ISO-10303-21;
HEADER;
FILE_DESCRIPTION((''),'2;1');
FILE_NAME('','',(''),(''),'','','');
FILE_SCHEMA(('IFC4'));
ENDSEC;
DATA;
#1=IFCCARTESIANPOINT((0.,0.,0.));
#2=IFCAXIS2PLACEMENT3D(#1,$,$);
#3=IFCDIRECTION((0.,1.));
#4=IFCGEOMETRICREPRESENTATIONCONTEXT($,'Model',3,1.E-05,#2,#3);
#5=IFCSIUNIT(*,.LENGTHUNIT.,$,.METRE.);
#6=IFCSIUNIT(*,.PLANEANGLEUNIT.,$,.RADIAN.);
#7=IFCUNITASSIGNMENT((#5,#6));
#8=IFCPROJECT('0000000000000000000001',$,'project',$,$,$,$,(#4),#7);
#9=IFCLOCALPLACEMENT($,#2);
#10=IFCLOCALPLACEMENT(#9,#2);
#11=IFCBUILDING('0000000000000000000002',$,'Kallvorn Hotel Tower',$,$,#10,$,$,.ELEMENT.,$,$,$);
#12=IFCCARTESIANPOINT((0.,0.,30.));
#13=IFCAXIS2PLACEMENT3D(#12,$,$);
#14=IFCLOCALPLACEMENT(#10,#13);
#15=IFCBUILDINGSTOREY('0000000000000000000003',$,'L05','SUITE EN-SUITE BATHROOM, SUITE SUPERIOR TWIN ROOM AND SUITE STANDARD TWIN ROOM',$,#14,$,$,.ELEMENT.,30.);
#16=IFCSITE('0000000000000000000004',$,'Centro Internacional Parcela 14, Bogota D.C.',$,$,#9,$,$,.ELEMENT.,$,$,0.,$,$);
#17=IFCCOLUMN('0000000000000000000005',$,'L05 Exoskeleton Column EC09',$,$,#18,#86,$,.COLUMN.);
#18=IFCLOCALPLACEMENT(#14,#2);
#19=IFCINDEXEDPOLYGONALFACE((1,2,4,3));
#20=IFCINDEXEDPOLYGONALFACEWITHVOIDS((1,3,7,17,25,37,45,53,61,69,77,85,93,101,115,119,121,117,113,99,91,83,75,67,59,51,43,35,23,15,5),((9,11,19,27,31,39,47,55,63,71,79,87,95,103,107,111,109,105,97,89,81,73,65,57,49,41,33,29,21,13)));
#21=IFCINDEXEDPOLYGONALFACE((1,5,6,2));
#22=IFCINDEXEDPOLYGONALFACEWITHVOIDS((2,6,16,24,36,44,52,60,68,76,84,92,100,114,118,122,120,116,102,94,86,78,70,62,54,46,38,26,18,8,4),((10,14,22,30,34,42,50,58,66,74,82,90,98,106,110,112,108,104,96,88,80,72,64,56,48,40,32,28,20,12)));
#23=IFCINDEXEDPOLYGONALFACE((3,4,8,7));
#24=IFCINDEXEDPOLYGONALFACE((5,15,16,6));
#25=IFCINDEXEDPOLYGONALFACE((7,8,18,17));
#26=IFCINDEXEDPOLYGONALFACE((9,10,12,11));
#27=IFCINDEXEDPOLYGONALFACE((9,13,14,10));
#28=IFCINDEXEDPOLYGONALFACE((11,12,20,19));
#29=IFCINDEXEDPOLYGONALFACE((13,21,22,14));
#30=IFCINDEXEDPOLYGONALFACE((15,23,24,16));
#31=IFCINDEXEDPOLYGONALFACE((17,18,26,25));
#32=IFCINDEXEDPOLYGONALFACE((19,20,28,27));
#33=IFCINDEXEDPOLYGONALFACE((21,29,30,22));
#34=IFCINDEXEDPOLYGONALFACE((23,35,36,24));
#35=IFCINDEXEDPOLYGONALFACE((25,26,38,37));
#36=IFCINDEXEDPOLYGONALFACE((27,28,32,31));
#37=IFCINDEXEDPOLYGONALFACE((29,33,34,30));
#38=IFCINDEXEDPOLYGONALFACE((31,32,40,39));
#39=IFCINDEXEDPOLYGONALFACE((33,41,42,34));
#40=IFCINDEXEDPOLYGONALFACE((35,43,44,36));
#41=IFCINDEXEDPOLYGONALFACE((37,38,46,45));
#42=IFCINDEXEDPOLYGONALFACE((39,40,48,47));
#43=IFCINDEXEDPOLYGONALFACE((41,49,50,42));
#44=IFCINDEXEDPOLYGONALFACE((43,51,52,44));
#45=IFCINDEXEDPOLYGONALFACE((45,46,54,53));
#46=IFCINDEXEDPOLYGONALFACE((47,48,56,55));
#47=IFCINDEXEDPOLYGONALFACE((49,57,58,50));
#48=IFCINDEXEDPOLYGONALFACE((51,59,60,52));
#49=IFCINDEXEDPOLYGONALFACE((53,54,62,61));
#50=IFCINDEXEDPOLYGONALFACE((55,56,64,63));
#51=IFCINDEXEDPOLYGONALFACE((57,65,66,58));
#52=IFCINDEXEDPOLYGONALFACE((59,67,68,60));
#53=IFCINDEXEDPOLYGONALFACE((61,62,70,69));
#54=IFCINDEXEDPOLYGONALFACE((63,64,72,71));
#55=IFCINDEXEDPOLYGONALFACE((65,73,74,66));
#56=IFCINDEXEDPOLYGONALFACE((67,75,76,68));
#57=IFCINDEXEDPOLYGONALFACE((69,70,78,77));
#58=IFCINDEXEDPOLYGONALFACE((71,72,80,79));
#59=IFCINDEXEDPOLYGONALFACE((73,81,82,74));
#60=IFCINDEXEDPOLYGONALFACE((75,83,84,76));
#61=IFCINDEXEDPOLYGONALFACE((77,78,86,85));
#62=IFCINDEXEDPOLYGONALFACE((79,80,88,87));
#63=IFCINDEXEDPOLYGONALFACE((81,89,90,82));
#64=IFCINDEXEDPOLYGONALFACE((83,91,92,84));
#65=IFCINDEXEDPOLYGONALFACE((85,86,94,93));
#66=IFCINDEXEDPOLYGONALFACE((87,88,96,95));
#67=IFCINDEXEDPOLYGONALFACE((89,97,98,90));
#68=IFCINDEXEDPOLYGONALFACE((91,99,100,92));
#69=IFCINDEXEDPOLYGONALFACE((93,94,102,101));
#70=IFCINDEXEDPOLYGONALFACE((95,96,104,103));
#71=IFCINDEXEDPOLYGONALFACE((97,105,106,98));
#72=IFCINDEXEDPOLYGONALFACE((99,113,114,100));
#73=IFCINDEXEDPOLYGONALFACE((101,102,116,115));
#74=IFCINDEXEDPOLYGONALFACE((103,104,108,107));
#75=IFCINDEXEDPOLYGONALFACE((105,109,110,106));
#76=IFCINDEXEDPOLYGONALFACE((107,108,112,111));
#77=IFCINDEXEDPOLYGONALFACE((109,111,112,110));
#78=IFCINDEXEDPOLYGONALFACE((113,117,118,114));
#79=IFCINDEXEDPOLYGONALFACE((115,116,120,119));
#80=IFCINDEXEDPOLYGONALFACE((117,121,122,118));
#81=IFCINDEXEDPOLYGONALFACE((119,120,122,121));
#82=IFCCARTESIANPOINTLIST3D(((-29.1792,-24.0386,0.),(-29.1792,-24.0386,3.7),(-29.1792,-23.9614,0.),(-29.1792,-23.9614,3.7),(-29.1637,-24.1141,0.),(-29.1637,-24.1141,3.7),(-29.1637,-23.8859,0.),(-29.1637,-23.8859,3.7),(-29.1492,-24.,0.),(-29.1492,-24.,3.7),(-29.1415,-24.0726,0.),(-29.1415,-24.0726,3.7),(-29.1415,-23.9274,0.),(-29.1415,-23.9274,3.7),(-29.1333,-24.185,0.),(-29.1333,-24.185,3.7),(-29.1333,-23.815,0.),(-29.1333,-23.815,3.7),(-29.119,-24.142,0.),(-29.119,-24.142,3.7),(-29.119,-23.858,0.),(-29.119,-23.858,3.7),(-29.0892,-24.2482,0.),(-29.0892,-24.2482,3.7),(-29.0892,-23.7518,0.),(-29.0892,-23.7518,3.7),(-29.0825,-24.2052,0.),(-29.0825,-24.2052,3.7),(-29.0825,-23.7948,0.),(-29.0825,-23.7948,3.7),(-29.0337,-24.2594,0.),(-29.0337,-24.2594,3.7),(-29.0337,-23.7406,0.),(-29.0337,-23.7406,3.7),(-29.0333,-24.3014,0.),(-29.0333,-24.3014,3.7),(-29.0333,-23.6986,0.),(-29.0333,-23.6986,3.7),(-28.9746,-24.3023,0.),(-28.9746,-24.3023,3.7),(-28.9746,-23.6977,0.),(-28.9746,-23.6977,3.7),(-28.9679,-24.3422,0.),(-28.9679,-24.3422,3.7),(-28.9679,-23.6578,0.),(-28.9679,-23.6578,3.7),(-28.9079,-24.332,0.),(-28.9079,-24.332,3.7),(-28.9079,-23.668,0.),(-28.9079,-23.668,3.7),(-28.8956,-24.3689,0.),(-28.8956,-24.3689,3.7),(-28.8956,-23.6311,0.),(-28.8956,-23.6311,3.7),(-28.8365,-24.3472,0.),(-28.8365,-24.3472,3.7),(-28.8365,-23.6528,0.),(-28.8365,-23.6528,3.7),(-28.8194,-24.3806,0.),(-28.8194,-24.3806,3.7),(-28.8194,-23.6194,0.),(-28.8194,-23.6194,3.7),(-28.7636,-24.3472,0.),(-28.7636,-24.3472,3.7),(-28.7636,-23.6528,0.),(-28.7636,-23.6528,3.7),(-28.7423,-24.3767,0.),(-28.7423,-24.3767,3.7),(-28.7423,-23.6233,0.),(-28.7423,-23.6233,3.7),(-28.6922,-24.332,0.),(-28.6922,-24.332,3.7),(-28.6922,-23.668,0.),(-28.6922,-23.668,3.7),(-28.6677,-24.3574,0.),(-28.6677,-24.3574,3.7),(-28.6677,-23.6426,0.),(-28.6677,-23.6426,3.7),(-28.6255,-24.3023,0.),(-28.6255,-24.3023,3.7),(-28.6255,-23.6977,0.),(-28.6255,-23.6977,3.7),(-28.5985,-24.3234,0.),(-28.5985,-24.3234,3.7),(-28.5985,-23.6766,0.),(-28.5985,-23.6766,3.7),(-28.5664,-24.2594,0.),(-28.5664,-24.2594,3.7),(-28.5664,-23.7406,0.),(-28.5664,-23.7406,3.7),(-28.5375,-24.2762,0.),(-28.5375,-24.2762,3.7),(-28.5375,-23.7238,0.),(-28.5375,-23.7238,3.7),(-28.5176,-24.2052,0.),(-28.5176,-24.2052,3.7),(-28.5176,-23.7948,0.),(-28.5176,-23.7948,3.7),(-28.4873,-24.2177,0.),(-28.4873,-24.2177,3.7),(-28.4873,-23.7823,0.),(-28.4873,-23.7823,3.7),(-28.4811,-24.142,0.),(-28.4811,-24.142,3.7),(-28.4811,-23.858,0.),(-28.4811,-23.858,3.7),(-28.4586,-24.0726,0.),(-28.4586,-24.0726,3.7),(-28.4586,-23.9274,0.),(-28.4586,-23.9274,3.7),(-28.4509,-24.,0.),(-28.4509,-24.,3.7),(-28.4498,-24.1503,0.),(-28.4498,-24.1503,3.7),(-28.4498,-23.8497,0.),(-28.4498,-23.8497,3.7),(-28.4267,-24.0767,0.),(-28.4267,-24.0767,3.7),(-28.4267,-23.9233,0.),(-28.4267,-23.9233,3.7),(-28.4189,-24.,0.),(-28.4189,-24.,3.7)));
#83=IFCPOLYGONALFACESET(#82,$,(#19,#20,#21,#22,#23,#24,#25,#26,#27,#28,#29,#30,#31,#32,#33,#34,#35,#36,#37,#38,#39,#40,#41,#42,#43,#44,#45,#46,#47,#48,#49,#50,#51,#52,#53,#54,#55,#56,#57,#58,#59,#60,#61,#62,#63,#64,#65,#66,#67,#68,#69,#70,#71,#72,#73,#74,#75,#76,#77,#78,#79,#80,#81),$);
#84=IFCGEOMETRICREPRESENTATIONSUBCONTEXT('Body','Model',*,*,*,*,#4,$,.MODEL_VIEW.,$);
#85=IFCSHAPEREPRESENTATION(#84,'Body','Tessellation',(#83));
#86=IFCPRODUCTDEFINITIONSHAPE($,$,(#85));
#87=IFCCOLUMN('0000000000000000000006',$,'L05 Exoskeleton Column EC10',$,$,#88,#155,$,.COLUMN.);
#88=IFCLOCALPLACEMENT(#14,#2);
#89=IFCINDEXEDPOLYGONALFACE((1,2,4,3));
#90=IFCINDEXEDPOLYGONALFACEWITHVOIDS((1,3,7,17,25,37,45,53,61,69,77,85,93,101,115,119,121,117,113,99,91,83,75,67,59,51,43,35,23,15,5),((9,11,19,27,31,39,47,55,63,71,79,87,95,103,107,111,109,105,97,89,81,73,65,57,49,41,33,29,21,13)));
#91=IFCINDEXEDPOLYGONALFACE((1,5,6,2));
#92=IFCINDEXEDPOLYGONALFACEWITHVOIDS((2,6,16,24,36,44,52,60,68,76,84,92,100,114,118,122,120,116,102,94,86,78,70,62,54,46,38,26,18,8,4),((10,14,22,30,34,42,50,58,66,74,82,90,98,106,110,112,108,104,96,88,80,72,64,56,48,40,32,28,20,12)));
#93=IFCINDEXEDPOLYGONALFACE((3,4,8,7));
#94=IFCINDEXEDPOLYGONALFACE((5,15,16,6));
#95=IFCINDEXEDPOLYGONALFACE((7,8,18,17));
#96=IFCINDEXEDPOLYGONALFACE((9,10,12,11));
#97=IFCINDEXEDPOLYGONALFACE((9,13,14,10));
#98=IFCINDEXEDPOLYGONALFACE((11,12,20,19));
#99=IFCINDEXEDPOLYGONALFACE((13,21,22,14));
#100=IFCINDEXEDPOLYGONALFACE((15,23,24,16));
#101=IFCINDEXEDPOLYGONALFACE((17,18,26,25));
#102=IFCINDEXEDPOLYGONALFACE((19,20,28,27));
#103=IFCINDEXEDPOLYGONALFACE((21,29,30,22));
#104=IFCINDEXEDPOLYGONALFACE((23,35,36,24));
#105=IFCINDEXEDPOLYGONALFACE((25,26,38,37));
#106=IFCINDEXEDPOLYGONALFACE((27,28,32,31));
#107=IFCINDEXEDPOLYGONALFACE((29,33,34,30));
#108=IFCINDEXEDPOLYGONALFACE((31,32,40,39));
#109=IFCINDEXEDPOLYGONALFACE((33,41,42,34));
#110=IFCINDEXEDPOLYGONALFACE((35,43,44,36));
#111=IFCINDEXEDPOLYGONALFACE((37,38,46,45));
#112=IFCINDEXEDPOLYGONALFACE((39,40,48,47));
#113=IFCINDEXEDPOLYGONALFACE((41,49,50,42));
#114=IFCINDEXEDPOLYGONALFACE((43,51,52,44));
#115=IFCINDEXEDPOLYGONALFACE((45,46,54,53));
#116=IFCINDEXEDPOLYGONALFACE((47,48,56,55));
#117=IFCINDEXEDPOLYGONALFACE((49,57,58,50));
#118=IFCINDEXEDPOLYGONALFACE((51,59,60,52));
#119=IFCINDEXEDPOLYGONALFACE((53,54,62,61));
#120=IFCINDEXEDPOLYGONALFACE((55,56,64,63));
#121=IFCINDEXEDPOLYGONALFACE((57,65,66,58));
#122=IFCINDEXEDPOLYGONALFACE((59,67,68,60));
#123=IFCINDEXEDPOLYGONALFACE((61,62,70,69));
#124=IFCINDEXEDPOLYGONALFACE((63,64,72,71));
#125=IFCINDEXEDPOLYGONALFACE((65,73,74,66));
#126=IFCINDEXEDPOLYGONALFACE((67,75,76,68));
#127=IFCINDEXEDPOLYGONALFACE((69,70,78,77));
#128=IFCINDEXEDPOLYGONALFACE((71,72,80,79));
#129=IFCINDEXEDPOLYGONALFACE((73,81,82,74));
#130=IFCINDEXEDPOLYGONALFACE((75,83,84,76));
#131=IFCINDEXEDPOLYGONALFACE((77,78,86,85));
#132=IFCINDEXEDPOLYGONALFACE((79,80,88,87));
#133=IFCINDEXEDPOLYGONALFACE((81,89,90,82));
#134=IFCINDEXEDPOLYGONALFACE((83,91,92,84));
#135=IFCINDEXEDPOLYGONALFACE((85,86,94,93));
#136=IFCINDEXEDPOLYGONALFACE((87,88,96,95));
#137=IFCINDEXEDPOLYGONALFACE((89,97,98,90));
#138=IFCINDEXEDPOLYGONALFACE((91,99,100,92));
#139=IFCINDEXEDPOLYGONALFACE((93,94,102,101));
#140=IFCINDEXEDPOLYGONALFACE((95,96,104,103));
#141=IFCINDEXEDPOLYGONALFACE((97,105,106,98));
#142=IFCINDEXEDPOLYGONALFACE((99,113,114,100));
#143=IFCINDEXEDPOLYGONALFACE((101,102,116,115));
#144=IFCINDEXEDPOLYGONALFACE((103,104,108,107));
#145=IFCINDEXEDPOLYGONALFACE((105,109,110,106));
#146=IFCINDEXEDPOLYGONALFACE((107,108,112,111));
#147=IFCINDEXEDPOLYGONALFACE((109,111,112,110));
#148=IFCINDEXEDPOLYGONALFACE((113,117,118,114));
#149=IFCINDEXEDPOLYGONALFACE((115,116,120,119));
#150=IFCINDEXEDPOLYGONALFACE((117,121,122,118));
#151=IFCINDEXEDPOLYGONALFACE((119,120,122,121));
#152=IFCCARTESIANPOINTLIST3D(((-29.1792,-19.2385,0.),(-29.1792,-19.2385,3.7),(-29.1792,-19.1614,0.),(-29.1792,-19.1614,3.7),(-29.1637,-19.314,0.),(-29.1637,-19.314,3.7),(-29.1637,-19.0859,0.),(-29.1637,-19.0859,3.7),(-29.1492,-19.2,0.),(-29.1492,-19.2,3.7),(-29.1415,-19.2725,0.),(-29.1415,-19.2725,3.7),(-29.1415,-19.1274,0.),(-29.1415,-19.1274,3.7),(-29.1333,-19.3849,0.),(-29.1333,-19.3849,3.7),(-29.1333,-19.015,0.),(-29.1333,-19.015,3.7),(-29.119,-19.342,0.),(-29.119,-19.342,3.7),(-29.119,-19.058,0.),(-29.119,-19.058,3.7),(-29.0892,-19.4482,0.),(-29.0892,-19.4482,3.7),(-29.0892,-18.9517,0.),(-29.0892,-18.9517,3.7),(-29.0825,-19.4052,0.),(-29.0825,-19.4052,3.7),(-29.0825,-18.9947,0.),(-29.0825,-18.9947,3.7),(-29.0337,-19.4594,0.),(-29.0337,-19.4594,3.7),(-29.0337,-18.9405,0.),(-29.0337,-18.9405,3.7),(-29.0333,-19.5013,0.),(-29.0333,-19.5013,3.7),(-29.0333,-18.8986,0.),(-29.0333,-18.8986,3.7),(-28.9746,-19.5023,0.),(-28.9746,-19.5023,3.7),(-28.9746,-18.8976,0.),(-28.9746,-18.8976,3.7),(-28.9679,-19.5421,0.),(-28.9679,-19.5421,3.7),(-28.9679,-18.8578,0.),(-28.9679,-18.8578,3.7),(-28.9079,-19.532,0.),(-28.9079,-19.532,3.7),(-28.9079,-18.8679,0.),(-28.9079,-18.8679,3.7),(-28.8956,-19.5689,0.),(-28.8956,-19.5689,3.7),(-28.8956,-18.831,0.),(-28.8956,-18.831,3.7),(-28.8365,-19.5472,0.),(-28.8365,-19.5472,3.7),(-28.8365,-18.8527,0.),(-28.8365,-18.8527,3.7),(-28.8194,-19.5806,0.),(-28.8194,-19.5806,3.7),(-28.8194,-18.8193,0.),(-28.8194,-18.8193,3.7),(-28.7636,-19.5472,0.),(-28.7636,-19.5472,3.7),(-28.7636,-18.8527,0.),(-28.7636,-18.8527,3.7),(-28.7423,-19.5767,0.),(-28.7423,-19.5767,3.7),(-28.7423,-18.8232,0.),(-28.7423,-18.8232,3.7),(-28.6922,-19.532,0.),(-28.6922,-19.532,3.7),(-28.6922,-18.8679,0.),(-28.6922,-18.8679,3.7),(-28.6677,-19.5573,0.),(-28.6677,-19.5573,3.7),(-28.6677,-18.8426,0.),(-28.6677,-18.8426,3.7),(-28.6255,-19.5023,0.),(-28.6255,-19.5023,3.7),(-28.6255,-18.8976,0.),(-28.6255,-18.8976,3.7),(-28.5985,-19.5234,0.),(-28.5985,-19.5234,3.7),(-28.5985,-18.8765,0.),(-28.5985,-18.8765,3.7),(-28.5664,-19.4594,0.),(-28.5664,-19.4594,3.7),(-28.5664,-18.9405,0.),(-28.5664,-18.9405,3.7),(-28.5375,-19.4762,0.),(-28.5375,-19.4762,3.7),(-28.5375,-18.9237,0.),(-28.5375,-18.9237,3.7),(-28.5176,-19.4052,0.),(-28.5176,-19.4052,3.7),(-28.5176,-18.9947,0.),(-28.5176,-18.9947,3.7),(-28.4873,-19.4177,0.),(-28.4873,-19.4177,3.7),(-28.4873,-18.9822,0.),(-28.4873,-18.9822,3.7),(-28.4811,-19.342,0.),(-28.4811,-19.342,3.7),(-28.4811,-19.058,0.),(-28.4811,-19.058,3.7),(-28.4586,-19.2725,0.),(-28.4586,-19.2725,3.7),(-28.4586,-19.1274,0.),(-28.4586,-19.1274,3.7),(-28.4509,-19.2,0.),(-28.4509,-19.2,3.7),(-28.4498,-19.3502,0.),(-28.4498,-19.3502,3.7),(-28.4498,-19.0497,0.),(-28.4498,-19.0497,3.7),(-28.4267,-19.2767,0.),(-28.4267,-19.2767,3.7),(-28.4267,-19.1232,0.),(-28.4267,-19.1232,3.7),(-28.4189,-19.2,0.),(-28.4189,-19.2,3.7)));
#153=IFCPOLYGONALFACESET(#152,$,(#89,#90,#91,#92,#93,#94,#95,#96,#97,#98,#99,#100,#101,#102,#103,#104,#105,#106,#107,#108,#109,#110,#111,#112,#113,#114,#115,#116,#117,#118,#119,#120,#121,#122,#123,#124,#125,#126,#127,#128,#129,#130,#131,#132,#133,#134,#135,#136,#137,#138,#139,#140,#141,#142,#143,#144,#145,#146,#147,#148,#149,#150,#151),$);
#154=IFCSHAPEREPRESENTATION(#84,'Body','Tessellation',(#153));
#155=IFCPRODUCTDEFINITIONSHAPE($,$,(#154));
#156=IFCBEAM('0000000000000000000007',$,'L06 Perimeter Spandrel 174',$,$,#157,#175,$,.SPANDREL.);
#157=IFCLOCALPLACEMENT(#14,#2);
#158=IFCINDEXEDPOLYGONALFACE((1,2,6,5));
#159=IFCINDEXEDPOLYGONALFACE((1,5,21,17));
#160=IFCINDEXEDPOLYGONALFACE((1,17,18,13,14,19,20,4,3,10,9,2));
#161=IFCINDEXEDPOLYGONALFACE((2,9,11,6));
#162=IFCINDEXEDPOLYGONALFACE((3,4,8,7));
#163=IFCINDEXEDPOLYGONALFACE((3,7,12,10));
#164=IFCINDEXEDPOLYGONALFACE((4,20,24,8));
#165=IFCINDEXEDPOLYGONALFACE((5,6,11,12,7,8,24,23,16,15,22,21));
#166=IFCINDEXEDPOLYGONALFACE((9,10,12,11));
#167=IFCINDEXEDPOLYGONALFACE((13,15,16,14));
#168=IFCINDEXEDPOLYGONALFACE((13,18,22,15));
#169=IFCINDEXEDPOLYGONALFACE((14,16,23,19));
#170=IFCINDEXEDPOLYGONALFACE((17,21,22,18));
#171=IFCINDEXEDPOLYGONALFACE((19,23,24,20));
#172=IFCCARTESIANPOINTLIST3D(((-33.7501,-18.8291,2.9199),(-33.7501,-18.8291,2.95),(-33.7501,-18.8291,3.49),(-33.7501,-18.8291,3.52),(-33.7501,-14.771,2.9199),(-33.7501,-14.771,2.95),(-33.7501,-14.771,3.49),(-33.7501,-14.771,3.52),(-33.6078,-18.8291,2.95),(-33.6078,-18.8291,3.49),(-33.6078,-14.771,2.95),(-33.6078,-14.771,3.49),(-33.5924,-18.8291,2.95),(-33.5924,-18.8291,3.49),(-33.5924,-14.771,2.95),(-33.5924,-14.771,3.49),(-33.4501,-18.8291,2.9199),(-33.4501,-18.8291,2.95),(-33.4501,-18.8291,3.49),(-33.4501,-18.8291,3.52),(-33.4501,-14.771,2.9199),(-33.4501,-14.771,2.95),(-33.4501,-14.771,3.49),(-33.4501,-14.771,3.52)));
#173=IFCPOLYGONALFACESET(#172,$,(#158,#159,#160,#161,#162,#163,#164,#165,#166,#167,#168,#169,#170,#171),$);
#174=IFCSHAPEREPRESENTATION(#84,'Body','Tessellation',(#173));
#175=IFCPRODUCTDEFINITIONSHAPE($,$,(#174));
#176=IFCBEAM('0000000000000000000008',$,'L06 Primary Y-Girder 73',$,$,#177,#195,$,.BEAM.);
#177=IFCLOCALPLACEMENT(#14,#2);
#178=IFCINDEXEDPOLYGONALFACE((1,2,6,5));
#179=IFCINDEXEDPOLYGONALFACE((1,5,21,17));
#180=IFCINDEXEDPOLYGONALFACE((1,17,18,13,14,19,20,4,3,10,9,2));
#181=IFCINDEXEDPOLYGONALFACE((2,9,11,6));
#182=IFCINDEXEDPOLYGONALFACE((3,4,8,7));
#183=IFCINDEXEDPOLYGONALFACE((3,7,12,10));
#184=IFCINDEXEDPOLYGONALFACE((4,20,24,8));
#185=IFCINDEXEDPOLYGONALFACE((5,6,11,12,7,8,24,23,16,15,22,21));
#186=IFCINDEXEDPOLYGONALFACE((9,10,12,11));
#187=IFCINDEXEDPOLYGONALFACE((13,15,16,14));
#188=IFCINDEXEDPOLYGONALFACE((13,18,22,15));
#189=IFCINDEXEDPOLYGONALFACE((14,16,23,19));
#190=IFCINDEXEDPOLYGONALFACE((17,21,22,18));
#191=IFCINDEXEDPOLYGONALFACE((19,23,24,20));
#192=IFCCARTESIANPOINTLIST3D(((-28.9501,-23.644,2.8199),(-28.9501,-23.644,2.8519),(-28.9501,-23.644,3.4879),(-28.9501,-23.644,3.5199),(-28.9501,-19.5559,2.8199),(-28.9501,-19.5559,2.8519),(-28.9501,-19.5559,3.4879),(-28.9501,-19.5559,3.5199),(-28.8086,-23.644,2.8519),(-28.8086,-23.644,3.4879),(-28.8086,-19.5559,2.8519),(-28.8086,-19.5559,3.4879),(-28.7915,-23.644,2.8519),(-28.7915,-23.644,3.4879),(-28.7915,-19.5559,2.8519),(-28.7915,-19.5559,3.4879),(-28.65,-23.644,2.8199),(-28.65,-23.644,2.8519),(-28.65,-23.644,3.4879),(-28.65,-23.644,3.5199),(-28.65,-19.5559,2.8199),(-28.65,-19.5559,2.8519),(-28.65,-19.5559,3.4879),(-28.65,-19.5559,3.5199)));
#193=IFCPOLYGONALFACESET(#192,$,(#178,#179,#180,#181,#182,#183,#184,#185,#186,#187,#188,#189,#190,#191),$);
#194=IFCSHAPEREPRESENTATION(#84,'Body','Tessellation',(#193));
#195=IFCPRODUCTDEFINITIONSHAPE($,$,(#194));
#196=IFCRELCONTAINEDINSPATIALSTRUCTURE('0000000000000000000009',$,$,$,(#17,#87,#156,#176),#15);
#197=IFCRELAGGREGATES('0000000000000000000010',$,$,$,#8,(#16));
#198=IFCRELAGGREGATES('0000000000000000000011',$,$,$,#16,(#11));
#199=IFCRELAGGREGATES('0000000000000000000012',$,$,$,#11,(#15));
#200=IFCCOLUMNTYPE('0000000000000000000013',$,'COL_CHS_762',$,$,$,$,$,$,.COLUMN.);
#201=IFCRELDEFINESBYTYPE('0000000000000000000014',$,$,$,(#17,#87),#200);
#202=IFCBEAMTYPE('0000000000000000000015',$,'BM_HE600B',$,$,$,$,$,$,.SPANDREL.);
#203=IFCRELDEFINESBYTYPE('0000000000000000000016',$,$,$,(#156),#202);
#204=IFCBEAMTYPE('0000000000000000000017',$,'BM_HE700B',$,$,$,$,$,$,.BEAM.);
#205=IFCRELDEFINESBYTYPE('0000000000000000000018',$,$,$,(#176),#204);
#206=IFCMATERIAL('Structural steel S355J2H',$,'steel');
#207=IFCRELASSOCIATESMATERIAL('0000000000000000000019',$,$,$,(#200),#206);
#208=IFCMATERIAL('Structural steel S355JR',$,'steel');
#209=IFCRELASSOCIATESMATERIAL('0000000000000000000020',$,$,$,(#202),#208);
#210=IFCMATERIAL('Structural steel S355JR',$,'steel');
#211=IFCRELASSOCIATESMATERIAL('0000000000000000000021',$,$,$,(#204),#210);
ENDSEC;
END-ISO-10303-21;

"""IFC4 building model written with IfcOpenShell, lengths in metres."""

from ifc_helpers import new_model, si_unit, direction, frame, origin, origin_2d, place, context, subcontext, project, spatial, hollow_circle, i_section, extrude, material, material_profile, profile_set, type_object, element, save


model = new_model("IFC4")

# Units and contexts
model_context = context("Model", 3, precision=1e-05, world=origin(), true_north=direction((0.0, 1.0)))
body_context = subcontext(model_context, "Body", "Model", "MODEL_VIEW")
ifc_project = project(units=[si_unit("LENGTHUNIT", "METRE"), si_unit("PLANEANGLEUNIT", "RADIAN")], contexts=[model_context])

# Site, building, storey
site_placement = place(None, origin())
site = spatial("IfcSite", under=ifc_project, at=site_placement, Name="Centro Internacional Parcela 14, Bogota D.C.", CompositionType="ELEMENT", RefElevation=0.0)
building_placement = place(site_placement, origin())
building = spatial("IfcBuilding", under=site, at=building_placement, Name="Kallvorn Hotel Tower", CompositionType="ELEMENT")
storey_placement = place(building_placement, frame((0.0, 0.0, 30.0)))
storey = spatial("IfcBuildingStorey", under=building, at=storey_placement, Name="L05", Description="SUITE EN-SUITE BATHROOM, SUITE SUPERIOR TWIN ROOM AND SUITE STANDARD TWIN ROOM", CompositionType="ELEMENT", Elevation=30.0)

# Columns
ifc_material_1 = material(Name="Structural steel S355J2H", Category="steel")
ifc_material_profile_1 = material_profile(ifc_material_1, hollow_circle(Radius=0.3811, WallThickness=0.032, at=origin_2d()), Name="CHS 762x32")
ifc_profile_set_1 = profile_set([ifc_material_profile_1], Name="Structural steel S355J2H")
column_type = type_object("IfcColumnType", Name="COL_CHS_762", PredefinedType="COLUMN", material=ifc_profile_set_1)
for number, where, z_axis, x_axis, name in (
    (1, (-28.8, -24.0, 0.0), (0.0, 0.0, 1.0), (1.0, 0.0, 0.0), "L05 Exoskeleton Column EC09"),
    (2, (-28.8, -19.2, 0.0), (0.0, 0.0, 1.0), (1.0, 0.0, 0.0), "L05 Exoskeleton Column EC10"),
):
    element("IfcColumn", number, at=place(storey_placement, frame(where, z_axis=z_axis, x_axis=x_axis)), inside=storey, type_object=column_type, Name=name, PredefinedType="COLUMN", context=body_context, shape_type="SweptSolid", body=[
        extrude(hollow_circle(Radius=0.3811, WallThickness=0.032, at=origin_2d()), origin(), (0.0, 0.0, 1.0), 3.7),
    ])

# Beams
ifc_material_2 = material(Name="Structural steel S355JR", Category="steel")
ifc_material_profile_2 = material_profile(ifc_material_2, i_section(OverallWidth=0.3, OverallDepth=0.6001, WebThickness=0.0154, FlangeThickness=0.03, at=origin_2d()), Name="HE 600 B")
ifc_profile_set_2 = profile_set([ifc_material_profile_2], Name="Structural steel S355JR")
beam_type_1 = type_object("IfcBeamType", Name="BM_HE600B", PredefinedType="SPANDREL", material=ifc_profile_set_2)
beam_1_placement = place(storey_placement, frame((-33.6001, -18.8291, 3.22), z_axis=(0.0, 1.0, 0.0), x_axis=(-1.0, 0.0, 0.0)))
element("IfcBeam", 3, at=beam_1_placement, inside=storey, type_object=beam_type_1, Name="L06 Perimeter Spandrel 174", PredefinedType="SPANDREL", context=body_context, shape_type="SweptSolid", body=[
    extrude(i_section(OverallWidth=0.3, OverallDepth=0.6001, WebThickness=0.0154, FlangeThickness=0.03, at=origin_2d()), origin(), (0.0, 0.0, 1.0), 4.0581),
])
ifc_material_3 = material(Name="Structural steel S355JR", Category="steel")
ifc_material_profile_3 = material_profile(ifc_material_3, i_section(OverallWidth=0.3, OverallDepth=0.7, WebThickness=0.0171, FlangeThickness=0.032, at=origin_2d()), Name="HE 700 B")
ifc_profile_set_3 = profile_set([ifc_material_profile_3], Name="Structural steel S355JR")
beam_type_2 = type_object("IfcBeamType", Name="BM_HE700B", PredefinedType="BEAM", material=ifc_profile_set_3)
beam_2_placement = place(storey_placement, frame((-28.8, -23.644, 3.1699), z_axis=(0.0, 1.0, 0.0), x_axis=(-1.0, 0.0, 0.0)))
element("IfcBeam", 4, at=beam_2_placement, inside=storey, type_object=beam_type_2, Name="L06 Primary Y-Girder 73", PredefinedType="BEAM", context=body_context, shape_type="SweptSolid", body=[
    extrude(i_section(OverallWidth=0.3, OverallDepth=0.7, WebThickness=0.0171, FlangeThickness=0.032, at=origin_2d()), origin(), (0.0, 0.0, 1.0), 4.0881),
])

save(model, "model.ifc")
